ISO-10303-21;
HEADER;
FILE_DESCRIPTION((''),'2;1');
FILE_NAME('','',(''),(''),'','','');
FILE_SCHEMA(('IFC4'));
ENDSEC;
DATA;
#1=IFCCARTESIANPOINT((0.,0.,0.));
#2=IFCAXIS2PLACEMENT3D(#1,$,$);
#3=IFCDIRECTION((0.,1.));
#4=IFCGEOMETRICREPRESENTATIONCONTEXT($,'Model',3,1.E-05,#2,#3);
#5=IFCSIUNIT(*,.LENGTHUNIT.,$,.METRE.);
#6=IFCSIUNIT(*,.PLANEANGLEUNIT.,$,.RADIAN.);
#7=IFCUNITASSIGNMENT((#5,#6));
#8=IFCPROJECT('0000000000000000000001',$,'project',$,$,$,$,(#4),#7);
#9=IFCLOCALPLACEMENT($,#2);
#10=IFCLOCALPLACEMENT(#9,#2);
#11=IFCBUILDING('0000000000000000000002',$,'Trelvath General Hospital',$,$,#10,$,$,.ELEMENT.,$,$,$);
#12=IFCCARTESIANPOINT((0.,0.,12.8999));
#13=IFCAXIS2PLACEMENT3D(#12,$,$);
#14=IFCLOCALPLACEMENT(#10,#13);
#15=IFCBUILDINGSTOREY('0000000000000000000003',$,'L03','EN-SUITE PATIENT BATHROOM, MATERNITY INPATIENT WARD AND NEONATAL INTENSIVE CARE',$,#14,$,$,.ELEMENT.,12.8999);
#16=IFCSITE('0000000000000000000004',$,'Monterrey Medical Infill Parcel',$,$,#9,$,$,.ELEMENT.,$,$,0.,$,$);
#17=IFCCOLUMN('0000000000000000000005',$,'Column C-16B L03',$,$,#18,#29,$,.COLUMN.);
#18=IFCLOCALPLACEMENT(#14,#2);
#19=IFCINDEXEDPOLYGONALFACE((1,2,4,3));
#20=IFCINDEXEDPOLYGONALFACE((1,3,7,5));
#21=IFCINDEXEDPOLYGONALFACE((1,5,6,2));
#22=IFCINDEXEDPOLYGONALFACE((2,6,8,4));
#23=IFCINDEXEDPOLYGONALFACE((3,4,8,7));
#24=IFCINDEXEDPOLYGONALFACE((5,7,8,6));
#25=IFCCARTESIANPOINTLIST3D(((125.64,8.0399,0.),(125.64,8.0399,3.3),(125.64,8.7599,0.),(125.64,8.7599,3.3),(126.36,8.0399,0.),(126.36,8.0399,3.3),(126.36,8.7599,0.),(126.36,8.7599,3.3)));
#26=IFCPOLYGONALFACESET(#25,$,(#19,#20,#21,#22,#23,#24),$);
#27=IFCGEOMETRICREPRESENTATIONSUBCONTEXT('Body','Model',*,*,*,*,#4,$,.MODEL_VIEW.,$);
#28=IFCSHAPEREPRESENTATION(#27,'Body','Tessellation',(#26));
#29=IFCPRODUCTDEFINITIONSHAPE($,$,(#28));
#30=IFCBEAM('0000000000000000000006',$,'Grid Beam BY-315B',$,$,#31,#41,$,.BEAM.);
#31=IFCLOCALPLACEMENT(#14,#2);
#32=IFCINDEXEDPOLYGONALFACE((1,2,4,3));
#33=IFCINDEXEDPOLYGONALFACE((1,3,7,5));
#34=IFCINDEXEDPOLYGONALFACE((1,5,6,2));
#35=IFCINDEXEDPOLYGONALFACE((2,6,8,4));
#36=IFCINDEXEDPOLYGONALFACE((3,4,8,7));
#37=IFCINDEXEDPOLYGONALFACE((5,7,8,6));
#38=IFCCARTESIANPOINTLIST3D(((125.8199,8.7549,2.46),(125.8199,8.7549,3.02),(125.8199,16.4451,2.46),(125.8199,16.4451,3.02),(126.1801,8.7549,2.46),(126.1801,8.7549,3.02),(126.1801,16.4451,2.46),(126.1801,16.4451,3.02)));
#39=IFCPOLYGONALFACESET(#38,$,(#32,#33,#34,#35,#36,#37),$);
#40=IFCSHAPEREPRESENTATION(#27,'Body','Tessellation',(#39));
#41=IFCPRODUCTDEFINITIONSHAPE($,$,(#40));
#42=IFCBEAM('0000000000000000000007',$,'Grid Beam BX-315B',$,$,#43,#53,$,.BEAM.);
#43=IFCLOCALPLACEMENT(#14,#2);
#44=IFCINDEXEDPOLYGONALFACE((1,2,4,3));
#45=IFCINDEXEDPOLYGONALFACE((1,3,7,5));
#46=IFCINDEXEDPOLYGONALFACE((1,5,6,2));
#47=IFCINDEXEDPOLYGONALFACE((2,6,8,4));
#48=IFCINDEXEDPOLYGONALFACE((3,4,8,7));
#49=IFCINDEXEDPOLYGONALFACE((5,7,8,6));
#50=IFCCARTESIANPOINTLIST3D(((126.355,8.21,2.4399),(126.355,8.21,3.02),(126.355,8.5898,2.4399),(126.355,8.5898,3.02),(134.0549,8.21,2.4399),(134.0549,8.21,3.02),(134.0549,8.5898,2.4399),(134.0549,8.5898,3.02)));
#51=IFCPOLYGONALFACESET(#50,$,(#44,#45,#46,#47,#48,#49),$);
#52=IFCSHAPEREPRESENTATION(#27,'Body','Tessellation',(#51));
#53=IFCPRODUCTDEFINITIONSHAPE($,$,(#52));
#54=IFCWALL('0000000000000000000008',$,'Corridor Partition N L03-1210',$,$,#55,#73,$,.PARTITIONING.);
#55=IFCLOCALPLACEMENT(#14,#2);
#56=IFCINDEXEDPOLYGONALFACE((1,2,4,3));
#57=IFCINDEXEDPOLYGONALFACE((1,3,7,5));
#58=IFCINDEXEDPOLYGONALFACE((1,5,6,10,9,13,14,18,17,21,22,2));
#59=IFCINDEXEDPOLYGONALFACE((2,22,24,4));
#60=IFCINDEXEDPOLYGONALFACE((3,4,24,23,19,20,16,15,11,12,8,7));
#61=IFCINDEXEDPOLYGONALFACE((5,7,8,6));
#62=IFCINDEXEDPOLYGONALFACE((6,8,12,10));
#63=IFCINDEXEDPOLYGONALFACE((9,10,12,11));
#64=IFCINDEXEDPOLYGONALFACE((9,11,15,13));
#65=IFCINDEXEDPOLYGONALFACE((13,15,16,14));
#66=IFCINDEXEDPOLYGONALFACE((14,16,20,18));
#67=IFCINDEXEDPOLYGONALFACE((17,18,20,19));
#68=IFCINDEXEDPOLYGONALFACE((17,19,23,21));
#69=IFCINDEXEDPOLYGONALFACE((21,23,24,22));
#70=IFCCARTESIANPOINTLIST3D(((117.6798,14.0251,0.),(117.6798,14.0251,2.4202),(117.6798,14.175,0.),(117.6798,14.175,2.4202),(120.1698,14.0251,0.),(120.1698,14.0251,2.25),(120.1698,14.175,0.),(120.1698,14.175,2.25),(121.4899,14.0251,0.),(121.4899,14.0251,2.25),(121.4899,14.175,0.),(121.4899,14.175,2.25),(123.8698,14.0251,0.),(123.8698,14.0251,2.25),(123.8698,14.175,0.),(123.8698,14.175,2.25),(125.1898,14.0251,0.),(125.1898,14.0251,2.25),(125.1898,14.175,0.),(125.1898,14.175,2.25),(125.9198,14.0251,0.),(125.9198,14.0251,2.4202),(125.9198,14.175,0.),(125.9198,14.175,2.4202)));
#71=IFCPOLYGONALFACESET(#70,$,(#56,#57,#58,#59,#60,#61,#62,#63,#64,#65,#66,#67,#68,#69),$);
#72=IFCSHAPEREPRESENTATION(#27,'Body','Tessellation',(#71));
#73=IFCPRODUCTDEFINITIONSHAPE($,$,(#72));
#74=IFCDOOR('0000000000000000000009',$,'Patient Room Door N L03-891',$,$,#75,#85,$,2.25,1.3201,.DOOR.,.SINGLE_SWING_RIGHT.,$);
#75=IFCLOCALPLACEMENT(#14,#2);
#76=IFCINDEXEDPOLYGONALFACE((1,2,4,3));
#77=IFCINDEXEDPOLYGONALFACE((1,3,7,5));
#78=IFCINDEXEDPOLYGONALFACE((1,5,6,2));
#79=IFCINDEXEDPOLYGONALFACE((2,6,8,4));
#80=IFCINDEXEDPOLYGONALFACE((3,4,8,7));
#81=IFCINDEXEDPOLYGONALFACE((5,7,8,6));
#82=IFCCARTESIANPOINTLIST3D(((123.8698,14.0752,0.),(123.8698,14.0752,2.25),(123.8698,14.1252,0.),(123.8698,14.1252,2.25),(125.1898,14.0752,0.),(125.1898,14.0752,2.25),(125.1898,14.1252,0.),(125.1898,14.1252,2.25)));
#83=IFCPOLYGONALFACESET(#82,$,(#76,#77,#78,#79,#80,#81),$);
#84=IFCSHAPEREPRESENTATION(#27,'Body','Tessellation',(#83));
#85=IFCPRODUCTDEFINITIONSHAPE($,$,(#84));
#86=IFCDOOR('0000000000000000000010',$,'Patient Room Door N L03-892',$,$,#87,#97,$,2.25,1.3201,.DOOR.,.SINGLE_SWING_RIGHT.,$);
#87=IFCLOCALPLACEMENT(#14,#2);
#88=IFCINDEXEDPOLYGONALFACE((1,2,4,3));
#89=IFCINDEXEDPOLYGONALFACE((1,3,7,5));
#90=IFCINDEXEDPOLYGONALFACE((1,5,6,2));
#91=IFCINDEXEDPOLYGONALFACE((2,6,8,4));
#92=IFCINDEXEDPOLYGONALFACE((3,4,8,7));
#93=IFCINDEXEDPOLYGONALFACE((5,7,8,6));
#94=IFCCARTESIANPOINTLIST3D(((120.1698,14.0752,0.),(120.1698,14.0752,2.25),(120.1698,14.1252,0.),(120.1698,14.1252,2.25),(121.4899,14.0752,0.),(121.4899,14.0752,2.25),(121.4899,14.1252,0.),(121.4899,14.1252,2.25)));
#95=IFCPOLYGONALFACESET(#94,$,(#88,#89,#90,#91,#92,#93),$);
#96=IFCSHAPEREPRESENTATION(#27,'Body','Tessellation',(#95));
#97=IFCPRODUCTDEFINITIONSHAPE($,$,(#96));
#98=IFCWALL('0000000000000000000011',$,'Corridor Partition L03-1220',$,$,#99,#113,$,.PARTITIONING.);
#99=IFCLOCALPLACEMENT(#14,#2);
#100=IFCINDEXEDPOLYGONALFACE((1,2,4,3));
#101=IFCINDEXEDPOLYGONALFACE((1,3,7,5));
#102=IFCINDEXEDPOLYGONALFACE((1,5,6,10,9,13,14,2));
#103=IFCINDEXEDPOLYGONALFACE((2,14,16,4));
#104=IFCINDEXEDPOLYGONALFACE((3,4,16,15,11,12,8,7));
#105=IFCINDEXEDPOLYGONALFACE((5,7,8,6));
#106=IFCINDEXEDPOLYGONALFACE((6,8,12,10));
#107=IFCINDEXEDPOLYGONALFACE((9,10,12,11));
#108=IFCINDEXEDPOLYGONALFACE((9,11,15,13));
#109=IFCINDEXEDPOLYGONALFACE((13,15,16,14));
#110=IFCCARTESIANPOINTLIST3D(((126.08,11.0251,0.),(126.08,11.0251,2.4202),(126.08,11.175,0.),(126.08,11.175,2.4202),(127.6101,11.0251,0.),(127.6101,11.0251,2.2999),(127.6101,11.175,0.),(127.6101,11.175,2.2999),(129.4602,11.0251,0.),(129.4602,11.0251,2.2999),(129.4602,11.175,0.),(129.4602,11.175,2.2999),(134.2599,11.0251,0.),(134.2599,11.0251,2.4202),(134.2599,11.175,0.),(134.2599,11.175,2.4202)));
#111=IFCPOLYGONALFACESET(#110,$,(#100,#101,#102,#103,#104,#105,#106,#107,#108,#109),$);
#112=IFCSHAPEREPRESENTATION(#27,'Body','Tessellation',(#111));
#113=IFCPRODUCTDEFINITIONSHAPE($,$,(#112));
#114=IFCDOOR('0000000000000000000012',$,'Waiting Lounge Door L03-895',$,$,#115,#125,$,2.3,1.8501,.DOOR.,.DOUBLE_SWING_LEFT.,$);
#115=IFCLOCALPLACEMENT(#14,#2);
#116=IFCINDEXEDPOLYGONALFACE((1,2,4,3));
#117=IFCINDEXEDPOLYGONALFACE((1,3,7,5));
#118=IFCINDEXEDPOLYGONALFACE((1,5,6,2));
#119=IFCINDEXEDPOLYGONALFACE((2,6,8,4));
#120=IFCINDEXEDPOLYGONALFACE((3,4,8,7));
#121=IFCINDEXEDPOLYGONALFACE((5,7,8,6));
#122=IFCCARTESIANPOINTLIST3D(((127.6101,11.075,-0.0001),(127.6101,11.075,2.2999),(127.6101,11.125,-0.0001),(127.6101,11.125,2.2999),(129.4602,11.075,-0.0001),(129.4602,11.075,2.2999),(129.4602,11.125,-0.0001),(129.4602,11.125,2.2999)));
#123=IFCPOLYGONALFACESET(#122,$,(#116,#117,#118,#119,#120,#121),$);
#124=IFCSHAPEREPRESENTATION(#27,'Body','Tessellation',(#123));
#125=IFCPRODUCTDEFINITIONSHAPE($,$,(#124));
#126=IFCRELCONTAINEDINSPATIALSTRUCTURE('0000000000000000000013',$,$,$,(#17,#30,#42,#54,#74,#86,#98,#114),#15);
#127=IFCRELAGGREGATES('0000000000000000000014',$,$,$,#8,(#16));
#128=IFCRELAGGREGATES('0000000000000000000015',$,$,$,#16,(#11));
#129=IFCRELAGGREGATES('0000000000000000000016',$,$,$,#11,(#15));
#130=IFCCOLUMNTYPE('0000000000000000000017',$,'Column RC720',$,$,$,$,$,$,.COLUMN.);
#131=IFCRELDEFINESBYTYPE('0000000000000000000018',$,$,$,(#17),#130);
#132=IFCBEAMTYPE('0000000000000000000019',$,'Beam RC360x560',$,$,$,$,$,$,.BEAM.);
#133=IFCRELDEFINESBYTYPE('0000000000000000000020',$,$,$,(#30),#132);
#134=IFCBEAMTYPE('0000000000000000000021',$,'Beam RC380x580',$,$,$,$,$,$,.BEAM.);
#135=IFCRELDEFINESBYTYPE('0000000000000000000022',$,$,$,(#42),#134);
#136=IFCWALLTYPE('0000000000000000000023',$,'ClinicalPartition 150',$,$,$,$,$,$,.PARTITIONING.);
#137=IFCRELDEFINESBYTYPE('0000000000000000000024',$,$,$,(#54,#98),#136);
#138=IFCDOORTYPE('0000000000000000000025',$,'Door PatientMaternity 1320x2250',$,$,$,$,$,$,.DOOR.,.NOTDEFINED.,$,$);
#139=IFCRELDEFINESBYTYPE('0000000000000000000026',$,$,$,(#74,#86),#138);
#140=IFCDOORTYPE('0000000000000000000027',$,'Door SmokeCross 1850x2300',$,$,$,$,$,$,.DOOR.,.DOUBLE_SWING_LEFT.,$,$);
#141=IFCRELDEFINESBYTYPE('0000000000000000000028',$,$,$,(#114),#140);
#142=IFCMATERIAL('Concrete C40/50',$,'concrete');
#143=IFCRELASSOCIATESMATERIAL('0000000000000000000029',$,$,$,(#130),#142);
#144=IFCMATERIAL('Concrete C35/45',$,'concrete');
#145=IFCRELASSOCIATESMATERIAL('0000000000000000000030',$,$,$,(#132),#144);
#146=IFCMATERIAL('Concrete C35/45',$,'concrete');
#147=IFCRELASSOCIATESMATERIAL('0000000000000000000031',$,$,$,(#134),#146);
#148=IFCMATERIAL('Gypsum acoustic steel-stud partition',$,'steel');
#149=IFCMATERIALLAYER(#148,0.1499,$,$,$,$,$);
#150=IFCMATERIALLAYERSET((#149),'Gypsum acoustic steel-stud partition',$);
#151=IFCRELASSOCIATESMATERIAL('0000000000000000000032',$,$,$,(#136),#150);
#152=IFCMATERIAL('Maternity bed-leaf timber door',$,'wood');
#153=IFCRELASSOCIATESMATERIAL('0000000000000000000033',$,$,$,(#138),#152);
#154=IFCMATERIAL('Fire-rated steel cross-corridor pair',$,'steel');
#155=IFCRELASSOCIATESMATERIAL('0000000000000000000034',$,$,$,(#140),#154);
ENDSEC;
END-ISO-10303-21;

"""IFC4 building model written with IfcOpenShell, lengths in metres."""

from ifc_helpers import new_model, si_unit, direction, frame, frame_2d, origin, origin_2d, place, context, subcontext, project, spatial, rectangle, extrude, material, layer, layer_set, material_profile, profile_set, type_object, element, fill, save


model = new_model("IFC4")

# Units and contexts
model_context = context("Model", 3, precision=1e-05, world=origin(), true_north=direction((0.0, 1.0)))
body_context = subcontext(model_context, "Body", "Model", "MODEL_VIEW")
ifc_project = project(units=[si_unit("LENGTHUNIT", "METRE"), si_unit("PLANEANGLEUNIT", "RADIAN")], contexts=[model_context])

# Site, building, storey
site_placement = place(None, origin())
site = spatial("IfcSite", under=ifc_project, at=site_placement, Name="Monterrey Medical Infill Parcel", CompositionType="ELEMENT", RefElevation=0.0)
building_placement = place(site_placement, origin())
building = spatial("IfcBuilding", under=site, at=building_placement, Name="Trelvath General Hospital", CompositionType="ELEMENT")
storey_placement = place(building_placement, frame((0.0, 0.0, 12.8999)))
storey = spatial("IfcBuildingStorey", under=building, at=storey_placement, Name="L03", Description="EN-SUITE PATIENT BATHROOM, MATERNITY INPATIENT WARD AND NEONATAL INTENSIVE CARE", CompositionType="ELEMENT", Elevation=12.8999)

# Column
ifc_material_1 = material(Name="Concrete C40/50", Category="concrete")
ifc_material_profile_1 = material_profile(ifc_material_1, rectangle(XDim=0.72, YDim=0.72, at=origin_2d()), Name="RC720x720")
ifc_profile_set_1 = profile_set([ifc_material_profile_1], Name="Concrete C40/50")
column_type = type_object("IfcColumnType", Name="Column RC720", PredefinedType="COLUMN", material=ifc_profile_set_1)
column_placement = place(storey_placement, frame((126.0, 8.3999, 0.0), z_axis=(0.0, 0.0, 1.0), x_axis=(1.0, 0.0, 0.0)))
element("IfcColumn", 1, at=column_placement, inside=storey, type_object=column_type, Name="Column C-16B L03", PredefinedType="COLUMN", context=body_context, shape_type="SweptSolid", body=[
    extrude(rectangle(XDim=0.72, YDim=0.72, at=origin_2d()), origin(), (0.0, 0.0, 1.0), 3.3),
])

# Beams
ifc_material_2 = material(Name="Concrete C35/45", Category="concrete")
ifc_material_profile_2 = material_profile(ifc_material_2, rectangle(XDim=0.3601, YDim=0.5601, at=origin_2d()), Name="RCB360x560")
ifc_profile_set_2 = profile_set([ifc_material_profile_2], Name="Concrete C35/45")
beam_type_1 = type_object("IfcBeamType", Name="Beam RC360x560", PredefinedType="BEAM", material=ifc_profile_set_2)
beam_1_placement = place(storey_placement, frame((126.0, 8.7549, 2.74), z_axis=(0.0, 1.0, 0.0), x_axis=(-1.0, 0.0, 0.0)))
element("IfcBeam", 2, at=beam_1_placement, inside=storey, type_object=beam_type_1, Name="Grid Beam BY-315B", PredefinedType="BEAM", context=body_context, shape_type="SweptSolid", body=[
    extrude(rectangle(XDim=0.3601, YDim=0.5601, at=origin_2d()), origin(), (0.0, 0.0, 1.0), 7.6902),
])
ifc_material_3 = material(Name="Concrete C35/45", Category="concrete")
ifc_material_profile_3 = material_profile(ifc_material_3, rectangle(XDim=0.3799, YDim=0.5801, at=origin_2d()), Name="RCB380x580")
ifc_profile_set_3 = profile_set([ifc_material_profile_3], Name="Concrete C35/45")
beam_type_2 = type_object("IfcBeamType", Name="Beam RC380x580", PredefinedType="BEAM", material=ifc_profile_set_3)
beam_2_placement = place(storey_placement, frame((126.355, 8.3999, 2.73), z_axis=(1.0, 0.0, 0.0), x_axis=(0.0, 1.0, 0.0)))
element("IfcBeam", 3, at=beam_2_placement, inside=storey, type_object=beam_type_2, Name="Grid Beam BX-315B", PredefinedType="BEAM", context=body_context, shape_type="SweptSolid", body=[
    extrude(rectangle(XDim=0.3799, YDim=0.5801, at=origin_2d()), origin(), (0.0, 0.0, 1.0), 7.7),
])

# Wall, openings, doors
ifc_material_4 = material(Name="Gypsum acoustic steel-stud partition", Category="steel")
ifc_layer_1 = layer(ifc_material_4, 0.1499)
ifc_layer_set_1 = layer_set([ifc_layer_1], Name="Gypsum acoustic steel-stud partition")
wall_type_1 = type_object("IfcWallType", Name="ClinicalPartition 150", PredefinedType="PARTITIONING", material=ifc_layer_set_1)
wall_1_placement = place(storey_placement, frame((125.9199, 14.1001, 0.0), z_axis=(0.0, 0.0, 1.0), x_axis=(-1.0, 0.0, 0.0)))
wall_1 = element("IfcWall", 4, at=wall_1_placement, inside=storey, type_object=wall_type_1, Name="Corridor Partition N L03-1210", PredefinedType="PARTITIONING", context=body_context, shape_type="SweptSolid", body=[
    extrude(rectangle(XDim=8.24, YDim=0.1499, at=frame_2d((4.1201, 0.0))), origin(), (0.0, 0.0, 1.0), 2.4202),
])
opening_1_placement = place(wall_1_placement, frame((0.73, 0.0, 0.0)))
opening_1 = element("IfcOpeningElement", 5, at=opening_1_placement, cuts=wall_1, PredefinedType="OPENING", context=body_context, shape_type="SweptSolid", body=[
    extrude(rectangle(XDim=1.3201, YDim=2.25, at=frame_2d((0.6602, 1.125))), frame((0.0, 0.085, 0.0), z_axis=(0.0, -1.0, 0.0), x_axis=(1.0, 0.0, 0.0)), (0.0, 0.0, 1.0), 0.1699),
])
opening_2_placement = place(wall_1_placement, frame((4.4299, 0.0, 0.0)))
opening_2 = element("IfcOpeningElement", 6, at=opening_2_placement, cuts=wall_1, PredefinedType="OPENING", context=body_context, shape_type="SweptSolid", body=[
    extrude(rectangle(XDim=1.3201, YDim=2.25, at=frame_2d((0.6602, 1.125))), frame((0.0, 0.085, 0.0), z_axis=(0.0, -1.0, 0.0), x_axis=(1.0, 0.0, 0.0)), (0.0, 0.0, 1.0), 0.1699),
])
ifc_material_5 = material(Name="Maternity bed-leaf timber door", Category="wood")
door_type_1 = type_object("IfcDoorType", Name="Door PatientMaternity 1320x2250", OperationType="NOTDEFINED", PredefinedType="DOOR", material=ifc_material_5)
door_1_placement = place(opening_1_placement, origin())
door_1 = element("IfcDoor", 7, at=door_1_placement, inside=storey, type_object=door_type_1, Name="Patient Room Door N L03-891", OperationType="SINGLE_SWING_RIGHT", OverallHeight=2.25, OverallWidth=1.3201, PredefinedType="DOOR", context=body_context, shape_type="SweptSolid", body=[
    extrude(rectangle(XDim=1.3201, YDim=2.25, at=frame_2d((0.6602, 1.125))), frame((0.0, 0.0249, 0.0), z_axis=(0.0, -1.0, 0.0), x_axis=(1.0, 0.0, 0.0)), (0.0, 0.0, 1.0), 0.05),
])
fill(opening_1, door_1)
door_2_placement = place(opening_2_placement, origin())
door_2 = element("IfcDoor", 8, at=door_2_placement, inside=storey, type_object=door_type_1, Name="Patient Room Door N L03-892", OperationType="SINGLE_SWING_RIGHT", OverallHeight=2.25, OverallWidth=1.3201, PredefinedType="DOOR", context=body_context, shape_type="SweptSolid", body=[
    extrude(rectangle(XDim=1.3201, YDim=2.25, at=frame_2d((0.6602, 1.125))), frame((0.0, 0.0249, 0.0), z_axis=(0.0, -1.0, 0.0), x_axis=(1.0, 0.0, 0.0)), (0.0, 0.0, 1.0), 0.05),
])
fill(opening_2, door_2)

# Wall, opening, door
wall_2_placement = place(storey_placement, frame((126.0801, 11.1001, 0.0), z_axis=(0.0, 0.0, 1.0), x_axis=(1.0, 0.0, 0.0)))
wall_2 = element("IfcWall", 9, at=wall_2_placement, inside=storey, type_object=wall_type_1, Name="Corridor Partition L03-1220", PredefinedType="PARTITIONING", context=body_context, shape_type="SweptSolid", body=[
    extrude(rectangle(XDim=8.1799, YDim=0.1499, at=frame_2d((4.0898, 0.0))), origin(), (0.0, 0.0, 1.0), 2.4202),
])
opening_3_placement = place(wall_2_placement, frame((1.53, 0.0, 0.0)))
opening_3 = element("IfcOpeningElement", 10, at=opening_3_placement, cuts=wall_2, PredefinedType="OPENING", context=body_context, shape_type="SweptSolid", body=[
    extrude(rectangle(XDim=1.8501, YDim=2.3, at=frame_2d((0.925, 1.1499))), frame((0.0, 0.085, 0.0), z_axis=(0.0, -1.0, 0.0), x_axis=(1.0, 0.0, 0.0)), (0.0, 0.0, 1.0), 0.1699),
])
ifc_material_6 = material(Name="Fire-rated steel cross-corridor pair", Category="steel")
door_type_2 = type_object("IfcDoorType", Name="Door SmokeCross 1850x2300", OperationType="DOUBLE_SWING_LEFT", PredefinedType="DOOR", material=ifc_material_6)
door_3_placement = place(opening_3_placement, origin())
door_3 = element("IfcDoor", 11, at=door_3_placement, inside=storey, type_object=door_type_2, Name="Waiting Lounge Door L03-895", OperationType="DOUBLE_SWING_LEFT", OverallHeight=2.3, OverallWidth=1.8501, PredefinedType="DOOR", context=body_context, shape_type="SweptSolid", body=[
    extrude(rectangle(XDim=1.8501, YDim=2.3, at=frame_2d((0.925, 1.1499))), frame((0.0, 0.0249, 0.0), z_axis=(0.0, -1.0, 0.0), x_axis=(1.0, 0.0, 0.0)), (0.0, 0.0, 1.0), 0.05),
])
fill(opening_3, door_3)

save(model, "model.ifc")
